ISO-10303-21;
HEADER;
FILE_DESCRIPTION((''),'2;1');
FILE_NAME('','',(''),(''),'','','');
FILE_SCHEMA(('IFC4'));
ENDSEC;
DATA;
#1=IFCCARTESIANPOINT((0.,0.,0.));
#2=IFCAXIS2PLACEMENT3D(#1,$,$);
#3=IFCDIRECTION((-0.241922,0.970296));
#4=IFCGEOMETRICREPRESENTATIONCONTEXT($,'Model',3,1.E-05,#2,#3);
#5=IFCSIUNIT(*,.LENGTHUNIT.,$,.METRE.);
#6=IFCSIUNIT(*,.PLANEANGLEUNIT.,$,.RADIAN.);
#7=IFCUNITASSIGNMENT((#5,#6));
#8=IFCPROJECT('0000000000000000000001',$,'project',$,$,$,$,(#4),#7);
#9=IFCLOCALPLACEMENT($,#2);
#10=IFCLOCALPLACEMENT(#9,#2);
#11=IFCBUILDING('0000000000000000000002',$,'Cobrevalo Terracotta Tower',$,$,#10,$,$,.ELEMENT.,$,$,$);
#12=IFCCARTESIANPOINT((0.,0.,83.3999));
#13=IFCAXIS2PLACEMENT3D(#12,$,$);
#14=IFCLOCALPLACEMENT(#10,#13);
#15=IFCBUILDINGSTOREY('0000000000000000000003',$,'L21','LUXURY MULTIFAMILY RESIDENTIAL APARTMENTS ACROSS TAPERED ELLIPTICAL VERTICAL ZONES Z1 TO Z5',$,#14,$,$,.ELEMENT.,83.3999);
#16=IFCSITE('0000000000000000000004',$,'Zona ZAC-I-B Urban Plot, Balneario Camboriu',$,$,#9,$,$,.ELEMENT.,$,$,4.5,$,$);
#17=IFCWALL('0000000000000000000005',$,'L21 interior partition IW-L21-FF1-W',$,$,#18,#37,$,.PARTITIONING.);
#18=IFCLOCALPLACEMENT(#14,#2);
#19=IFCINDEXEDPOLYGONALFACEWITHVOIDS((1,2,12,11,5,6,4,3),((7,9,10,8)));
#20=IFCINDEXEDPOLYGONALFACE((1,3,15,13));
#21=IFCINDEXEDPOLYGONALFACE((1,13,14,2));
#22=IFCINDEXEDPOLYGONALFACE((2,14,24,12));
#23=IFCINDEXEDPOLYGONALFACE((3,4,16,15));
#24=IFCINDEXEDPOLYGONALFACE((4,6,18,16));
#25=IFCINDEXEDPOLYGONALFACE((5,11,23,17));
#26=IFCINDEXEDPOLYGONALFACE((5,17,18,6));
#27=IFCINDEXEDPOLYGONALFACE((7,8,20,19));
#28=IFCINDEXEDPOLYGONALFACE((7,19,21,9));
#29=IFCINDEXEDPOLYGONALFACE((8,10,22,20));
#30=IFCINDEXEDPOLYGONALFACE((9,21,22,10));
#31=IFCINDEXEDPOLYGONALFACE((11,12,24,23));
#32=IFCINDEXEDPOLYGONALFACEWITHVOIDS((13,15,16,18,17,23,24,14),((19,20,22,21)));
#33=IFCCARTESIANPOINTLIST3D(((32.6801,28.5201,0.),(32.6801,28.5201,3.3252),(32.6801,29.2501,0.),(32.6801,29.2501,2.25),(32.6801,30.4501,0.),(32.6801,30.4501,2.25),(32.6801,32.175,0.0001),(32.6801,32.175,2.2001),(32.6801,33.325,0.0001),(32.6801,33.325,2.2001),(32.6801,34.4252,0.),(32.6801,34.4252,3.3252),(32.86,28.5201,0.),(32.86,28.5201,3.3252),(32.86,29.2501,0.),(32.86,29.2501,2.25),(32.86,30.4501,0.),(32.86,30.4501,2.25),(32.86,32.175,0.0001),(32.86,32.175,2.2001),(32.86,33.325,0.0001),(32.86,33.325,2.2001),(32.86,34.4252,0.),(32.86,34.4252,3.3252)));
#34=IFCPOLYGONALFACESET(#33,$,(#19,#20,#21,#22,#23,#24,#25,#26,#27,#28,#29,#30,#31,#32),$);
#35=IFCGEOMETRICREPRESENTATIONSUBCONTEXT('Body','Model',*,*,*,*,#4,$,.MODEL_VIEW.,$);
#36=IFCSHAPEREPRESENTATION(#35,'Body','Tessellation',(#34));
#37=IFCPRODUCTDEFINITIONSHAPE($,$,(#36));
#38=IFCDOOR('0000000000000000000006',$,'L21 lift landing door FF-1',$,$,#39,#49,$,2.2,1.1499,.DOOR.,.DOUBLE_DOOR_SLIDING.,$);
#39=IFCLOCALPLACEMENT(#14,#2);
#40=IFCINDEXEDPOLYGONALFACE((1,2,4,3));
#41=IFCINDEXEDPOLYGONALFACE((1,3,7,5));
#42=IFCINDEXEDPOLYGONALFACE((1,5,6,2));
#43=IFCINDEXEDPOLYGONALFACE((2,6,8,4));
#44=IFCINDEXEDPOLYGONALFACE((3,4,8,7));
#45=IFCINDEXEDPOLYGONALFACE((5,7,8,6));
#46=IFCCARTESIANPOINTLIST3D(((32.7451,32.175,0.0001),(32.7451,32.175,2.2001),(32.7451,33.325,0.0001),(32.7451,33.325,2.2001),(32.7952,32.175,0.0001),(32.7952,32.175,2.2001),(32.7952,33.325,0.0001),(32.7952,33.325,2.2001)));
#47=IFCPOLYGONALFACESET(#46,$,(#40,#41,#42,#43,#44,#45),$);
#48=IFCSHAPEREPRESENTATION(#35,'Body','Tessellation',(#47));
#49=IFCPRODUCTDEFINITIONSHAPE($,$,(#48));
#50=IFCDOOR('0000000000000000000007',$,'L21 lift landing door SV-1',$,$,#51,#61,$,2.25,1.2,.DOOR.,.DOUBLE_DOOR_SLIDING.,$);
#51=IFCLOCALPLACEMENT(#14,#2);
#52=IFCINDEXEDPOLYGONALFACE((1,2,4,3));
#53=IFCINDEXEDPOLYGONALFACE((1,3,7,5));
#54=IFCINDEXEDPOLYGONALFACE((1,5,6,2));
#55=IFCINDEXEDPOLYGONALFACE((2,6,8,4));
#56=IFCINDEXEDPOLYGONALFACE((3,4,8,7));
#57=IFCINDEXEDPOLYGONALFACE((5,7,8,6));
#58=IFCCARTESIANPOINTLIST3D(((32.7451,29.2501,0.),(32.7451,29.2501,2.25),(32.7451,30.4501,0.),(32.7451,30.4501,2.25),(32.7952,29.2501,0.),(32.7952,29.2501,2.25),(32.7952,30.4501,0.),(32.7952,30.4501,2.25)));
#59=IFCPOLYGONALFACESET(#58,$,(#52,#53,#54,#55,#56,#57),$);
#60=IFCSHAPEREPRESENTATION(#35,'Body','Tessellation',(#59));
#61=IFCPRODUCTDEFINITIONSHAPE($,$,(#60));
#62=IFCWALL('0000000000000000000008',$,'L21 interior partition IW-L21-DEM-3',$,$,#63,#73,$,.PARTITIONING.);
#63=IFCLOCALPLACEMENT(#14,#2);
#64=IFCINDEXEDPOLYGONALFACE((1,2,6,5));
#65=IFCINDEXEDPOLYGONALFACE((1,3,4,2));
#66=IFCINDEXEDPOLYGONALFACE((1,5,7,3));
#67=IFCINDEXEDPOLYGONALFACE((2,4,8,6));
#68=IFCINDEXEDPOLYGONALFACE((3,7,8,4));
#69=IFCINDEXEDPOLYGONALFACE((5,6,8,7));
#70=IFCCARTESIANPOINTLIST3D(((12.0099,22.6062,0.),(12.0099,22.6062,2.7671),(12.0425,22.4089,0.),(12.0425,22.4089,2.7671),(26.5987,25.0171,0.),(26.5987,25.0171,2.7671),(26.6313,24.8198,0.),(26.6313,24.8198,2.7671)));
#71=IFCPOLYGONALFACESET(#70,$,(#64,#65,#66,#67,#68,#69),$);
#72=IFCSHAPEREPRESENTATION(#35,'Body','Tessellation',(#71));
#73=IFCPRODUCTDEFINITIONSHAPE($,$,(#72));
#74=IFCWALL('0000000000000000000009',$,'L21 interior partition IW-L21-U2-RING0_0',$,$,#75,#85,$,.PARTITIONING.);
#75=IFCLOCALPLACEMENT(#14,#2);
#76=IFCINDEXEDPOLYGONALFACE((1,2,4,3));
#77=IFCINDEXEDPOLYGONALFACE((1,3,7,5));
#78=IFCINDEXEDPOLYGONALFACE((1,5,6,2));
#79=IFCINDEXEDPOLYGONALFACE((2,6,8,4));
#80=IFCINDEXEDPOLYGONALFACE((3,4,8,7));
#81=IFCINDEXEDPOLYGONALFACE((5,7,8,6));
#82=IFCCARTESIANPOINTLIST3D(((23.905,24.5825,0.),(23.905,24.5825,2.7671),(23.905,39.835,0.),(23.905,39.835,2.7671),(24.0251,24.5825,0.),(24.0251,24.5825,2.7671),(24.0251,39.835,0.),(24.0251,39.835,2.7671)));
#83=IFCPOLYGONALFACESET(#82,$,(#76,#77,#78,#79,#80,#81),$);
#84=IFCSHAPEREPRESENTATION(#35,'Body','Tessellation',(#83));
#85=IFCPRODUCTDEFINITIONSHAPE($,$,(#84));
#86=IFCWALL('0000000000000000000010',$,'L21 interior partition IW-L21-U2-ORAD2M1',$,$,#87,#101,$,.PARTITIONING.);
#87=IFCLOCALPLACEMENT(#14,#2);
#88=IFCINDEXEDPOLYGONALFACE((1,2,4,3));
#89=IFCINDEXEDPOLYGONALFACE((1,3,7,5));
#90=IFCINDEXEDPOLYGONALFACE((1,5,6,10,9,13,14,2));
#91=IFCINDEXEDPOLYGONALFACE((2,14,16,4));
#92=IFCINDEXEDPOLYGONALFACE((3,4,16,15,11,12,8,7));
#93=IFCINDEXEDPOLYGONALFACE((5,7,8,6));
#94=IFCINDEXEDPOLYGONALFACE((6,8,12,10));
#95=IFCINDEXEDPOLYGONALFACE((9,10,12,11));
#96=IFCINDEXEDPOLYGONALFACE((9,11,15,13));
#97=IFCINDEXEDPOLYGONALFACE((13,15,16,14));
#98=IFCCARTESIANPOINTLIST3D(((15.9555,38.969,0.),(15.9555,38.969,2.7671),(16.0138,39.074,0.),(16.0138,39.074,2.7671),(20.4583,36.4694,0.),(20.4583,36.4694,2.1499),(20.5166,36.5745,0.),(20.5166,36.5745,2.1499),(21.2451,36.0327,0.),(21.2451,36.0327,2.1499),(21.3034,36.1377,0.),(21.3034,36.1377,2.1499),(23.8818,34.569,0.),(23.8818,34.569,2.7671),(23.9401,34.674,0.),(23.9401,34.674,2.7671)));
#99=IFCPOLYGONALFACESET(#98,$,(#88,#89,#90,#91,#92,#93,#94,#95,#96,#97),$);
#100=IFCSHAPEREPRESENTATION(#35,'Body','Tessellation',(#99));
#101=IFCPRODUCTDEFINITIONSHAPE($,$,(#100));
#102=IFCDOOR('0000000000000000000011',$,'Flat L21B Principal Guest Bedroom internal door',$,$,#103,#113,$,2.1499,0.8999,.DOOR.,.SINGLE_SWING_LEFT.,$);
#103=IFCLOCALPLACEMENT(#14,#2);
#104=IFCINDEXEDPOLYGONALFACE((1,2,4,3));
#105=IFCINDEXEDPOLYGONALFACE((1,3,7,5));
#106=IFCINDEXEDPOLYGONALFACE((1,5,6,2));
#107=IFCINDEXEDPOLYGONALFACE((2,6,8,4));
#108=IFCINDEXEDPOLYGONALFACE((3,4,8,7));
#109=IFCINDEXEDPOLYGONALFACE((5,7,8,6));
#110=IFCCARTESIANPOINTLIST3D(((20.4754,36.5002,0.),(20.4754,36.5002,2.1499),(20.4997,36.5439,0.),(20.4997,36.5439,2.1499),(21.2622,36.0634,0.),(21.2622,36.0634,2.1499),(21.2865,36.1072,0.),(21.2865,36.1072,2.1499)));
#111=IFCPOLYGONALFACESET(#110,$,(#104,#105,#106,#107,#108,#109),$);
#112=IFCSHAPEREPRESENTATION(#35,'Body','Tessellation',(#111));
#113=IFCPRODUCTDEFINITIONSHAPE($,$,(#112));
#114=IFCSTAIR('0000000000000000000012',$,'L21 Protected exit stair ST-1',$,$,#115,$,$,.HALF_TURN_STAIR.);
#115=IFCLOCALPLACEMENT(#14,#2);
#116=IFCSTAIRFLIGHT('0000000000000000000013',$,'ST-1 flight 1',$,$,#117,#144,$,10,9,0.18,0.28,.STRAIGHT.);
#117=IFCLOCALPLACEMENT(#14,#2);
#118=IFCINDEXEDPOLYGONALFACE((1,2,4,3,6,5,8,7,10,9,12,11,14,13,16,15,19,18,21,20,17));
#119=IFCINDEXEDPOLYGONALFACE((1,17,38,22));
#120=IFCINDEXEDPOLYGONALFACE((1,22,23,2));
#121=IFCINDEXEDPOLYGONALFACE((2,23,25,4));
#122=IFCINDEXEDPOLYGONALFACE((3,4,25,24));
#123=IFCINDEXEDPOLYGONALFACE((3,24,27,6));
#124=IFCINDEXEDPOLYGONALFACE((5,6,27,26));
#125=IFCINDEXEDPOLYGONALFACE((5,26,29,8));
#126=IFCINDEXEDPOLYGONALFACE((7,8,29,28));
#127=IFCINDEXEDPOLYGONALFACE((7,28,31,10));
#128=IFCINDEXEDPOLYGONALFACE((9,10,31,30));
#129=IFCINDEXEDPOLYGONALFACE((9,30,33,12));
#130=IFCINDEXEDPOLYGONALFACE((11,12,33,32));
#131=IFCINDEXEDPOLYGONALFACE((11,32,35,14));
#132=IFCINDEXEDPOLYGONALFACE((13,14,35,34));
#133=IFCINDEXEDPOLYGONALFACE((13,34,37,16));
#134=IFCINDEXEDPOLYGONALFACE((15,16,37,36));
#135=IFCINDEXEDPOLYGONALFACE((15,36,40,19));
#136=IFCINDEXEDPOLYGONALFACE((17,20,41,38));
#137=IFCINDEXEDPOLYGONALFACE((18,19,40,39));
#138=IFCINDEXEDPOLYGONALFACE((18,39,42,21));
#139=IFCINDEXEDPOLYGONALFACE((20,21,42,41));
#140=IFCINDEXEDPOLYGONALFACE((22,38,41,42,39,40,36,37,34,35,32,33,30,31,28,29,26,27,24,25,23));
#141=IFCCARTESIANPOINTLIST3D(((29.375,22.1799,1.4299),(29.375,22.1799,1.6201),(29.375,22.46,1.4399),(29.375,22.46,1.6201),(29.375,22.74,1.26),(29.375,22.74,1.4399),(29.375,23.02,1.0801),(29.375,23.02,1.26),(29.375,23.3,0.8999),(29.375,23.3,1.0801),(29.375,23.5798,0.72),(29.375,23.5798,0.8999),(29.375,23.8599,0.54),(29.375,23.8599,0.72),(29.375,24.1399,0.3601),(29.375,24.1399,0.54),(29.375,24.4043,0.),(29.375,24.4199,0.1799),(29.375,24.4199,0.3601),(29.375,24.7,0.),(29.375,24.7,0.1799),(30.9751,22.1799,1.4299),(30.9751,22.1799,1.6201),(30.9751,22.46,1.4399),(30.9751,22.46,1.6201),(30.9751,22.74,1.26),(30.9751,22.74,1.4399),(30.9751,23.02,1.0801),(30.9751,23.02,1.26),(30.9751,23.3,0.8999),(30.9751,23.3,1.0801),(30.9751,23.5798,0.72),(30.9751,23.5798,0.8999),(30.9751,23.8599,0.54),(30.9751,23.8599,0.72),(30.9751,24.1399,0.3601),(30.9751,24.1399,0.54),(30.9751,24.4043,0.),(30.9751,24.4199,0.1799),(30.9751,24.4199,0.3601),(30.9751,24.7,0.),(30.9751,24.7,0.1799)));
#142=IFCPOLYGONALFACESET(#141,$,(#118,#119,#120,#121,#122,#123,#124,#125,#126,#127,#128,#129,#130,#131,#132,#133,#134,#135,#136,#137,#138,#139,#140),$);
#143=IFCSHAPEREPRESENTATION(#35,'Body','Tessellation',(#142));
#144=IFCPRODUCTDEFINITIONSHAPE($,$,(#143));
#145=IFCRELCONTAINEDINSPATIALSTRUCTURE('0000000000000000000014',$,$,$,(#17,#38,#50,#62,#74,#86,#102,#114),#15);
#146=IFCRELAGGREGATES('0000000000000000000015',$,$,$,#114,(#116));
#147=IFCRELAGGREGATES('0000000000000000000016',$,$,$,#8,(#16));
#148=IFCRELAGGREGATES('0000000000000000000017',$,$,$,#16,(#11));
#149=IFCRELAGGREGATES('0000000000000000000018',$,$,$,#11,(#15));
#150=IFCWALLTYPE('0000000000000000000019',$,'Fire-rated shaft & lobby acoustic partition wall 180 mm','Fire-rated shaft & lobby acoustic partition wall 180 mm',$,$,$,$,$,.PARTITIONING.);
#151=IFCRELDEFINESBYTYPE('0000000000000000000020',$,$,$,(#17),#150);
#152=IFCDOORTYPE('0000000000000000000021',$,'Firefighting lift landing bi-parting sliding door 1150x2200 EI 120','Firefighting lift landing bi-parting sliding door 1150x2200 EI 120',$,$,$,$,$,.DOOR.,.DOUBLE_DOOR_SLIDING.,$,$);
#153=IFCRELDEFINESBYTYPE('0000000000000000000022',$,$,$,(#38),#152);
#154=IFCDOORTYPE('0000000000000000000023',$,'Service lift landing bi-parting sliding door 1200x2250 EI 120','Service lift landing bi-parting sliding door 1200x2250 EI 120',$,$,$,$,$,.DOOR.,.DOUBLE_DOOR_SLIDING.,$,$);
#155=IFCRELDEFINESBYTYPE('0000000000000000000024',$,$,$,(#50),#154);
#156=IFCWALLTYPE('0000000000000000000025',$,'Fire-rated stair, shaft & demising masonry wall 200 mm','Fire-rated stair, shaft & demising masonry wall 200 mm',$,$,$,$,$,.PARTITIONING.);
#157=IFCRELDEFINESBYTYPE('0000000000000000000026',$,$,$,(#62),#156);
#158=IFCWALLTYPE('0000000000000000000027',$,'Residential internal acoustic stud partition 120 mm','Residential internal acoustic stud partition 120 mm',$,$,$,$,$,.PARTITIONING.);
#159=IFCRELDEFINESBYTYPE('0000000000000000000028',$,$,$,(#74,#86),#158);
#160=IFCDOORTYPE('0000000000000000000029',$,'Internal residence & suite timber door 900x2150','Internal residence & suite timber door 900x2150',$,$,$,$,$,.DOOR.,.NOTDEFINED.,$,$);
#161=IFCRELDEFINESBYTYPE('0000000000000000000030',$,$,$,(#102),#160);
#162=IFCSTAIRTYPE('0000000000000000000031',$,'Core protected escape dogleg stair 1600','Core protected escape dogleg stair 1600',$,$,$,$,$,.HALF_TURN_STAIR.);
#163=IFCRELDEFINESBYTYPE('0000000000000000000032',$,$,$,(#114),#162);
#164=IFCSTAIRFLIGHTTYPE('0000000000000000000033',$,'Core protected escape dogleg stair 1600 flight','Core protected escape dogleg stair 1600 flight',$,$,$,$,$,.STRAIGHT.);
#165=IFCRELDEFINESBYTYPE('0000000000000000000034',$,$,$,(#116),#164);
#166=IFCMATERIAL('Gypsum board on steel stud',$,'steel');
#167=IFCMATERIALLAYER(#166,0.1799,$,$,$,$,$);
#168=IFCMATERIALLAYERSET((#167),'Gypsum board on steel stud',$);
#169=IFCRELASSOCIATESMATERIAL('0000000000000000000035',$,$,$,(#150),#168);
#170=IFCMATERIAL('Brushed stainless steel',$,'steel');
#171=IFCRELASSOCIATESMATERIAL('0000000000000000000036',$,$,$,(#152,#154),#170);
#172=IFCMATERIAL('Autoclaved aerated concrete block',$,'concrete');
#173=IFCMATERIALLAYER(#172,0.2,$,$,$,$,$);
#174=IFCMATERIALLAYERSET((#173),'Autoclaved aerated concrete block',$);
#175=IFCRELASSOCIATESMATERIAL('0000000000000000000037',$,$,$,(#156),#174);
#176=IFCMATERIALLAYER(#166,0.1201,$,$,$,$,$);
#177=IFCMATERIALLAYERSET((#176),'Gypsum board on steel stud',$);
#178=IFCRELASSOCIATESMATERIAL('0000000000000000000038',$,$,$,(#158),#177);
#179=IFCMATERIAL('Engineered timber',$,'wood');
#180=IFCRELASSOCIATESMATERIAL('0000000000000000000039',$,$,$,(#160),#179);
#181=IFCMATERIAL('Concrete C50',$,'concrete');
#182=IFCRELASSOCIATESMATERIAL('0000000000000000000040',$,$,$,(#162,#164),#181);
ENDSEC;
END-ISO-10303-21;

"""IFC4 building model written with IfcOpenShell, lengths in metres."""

from ifc_helpers import new_model, si_unit, direction, frame, frame_2d, origin, place, context, subcontext, project, spatial, polyline, rectangle, outline, extrude, source, transform, mapped, material, layer, layer_set, type_object, element, fill, aggregate, save


model = new_model("IFC4")

# Units and contexts
model_context = context("Model", 3, precision=1e-05, world=origin(), true_north=direction((-0.241922, 0.970296)))
body_context = subcontext(model_context, "Body", "Model", "MODEL_VIEW")
ifc_project = project(units=[si_unit("LENGTHUNIT", "METRE"), si_unit("PLANEANGLEUNIT", "RADIAN")], contexts=[model_context])

# Site, building, storey
site_placement = place(None, origin())
site = spatial("IfcSite", under=ifc_project, at=site_placement, Name="Zona ZAC-I-B Urban Plot, Balneario Camboriu", CompositionType="ELEMENT", RefElevation=4.5)
building_placement = place(site_placement, origin())
building = spatial("IfcBuilding", under=site, at=building_placement, Name="Cobrevalo Terracotta Tower", CompositionType="ELEMENT")
storey_placement = place(building_placement, frame((0.0, 0.0, 83.3999)))
storey = spatial("IfcBuildingStorey", under=building, at=storey_placement, Name="L21", Description="LUXURY MULTIFAMILY RESIDENTIAL APARTMENTS ACROSS TAPERED ELLIPTICAL VERTICAL ZONES Z1 TO Z5", CompositionType="ELEMENT", Elevation=83.3999)

# Shared definitions
ifc_material_1 = material(Name="Gypsum board on steel stud", Category="steel")

# Shared definitions
ifc_layer_1 = layer(ifc_material_1, 0.1799)
ifc_layer_set_1 = layer_set([ifc_layer_1], Name="Gypsum board on steel stud")
wall_type_1 = type_object("IfcWallType", Name="Fire-rated shaft & lobby acoustic partition wall 180 mm", Description="Fire-rated shaft & lobby acoustic partition wall 180 mm", PredefinedType="PARTITIONING", material=ifc_layer_set_1)

# Wall, openings, doors
wall_1_placement = place(storey_placement, frame((32.77, 28.52, 0.0), z_axis=(0.0, 0.0, 1.0), x_axis=(0.0, 1.0, 0.0)))
wall_1 = element("IfcWall", 1, at=wall_1_placement, inside=storey, type_object=wall_type_1, Name="L21 interior partition IW-L21-FF1-W", PredefinedType="PARTITIONING", context=body_context, shape_type="SweptSolid", body=[
    extrude(rectangle(XDim=5.905, YDim=0.1799, at=frame_2d((2.9526, 0.0))), origin(), (0.0, 0.0, 1.0), 3.3252),
])
opening_1_placement = place(wall_1_placement, frame((3.655, 0.0, 0.0)))
opening_1 = element("IfcOpeningElement", 2, at=opening_1_placement, cuts=wall_1, PredefinedType="OPENING", context=body_context, shape_type="SweptSolid", body=[
    extrude(rectangle(XDim=1.1499, YDim=2.2, at=frame_2d((0.575, 1.1001))), frame((0.0, 0.1001, 0.0), z_axis=(0.0, -1.0, 0.0), x_axis=(1.0, 0.0, 0.0)), (0.0, 0.0, 1.0), 0.2),
])
opening_2_placement = place(wall_1_placement, frame((0.73, 0.0, 0.0)))
opening_2 = element("IfcOpeningElement", 3, at=opening_2_placement, cuts=wall_1, PredefinedType="OPENING", context=body_context, shape_type="SweptSolid", body=[
    extrude(rectangle(XDim=1.2, YDim=2.25, at=frame_2d((0.6001, 1.125))), frame((0.0, 0.1001, 0.0), z_axis=(0.0, -1.0, 0.0), x_axis=(1.0, 0.0, 0.0)), (0.0, 0.0, 1.0), 0.2),
])
ifc_material_2 = material(Name="Brushed stainless steel", Category="steel")
door_type_1 = type_object("IfcDoorType", Name="Firefighting lift landing bi-parting sliding door 1150x2200 EI 120", Description="Firefighting lift landing bi-parting sliding door 1150x2200 EI 120", OperationType="DOUBLE_DOOR_SLIDING", PredefinedType="DOOR", material=ifc_material_2)
shared_shape_1 = source(origin(), body_context, "Body", "SweptSolid", [
    extrude(rectangle(XDim=1.1499, YDim=2.2, at=frame_2d((0.575, 1.1001))), frame((0.0, 0.0249, 0.0), z_axis=(0.0, -1.0, 0.0), x_axis=(1.0, 0.0, 0.0)), (0.0, 0.0, 1.0), 0.05),
])
door_1_placement = place(opening_1_placement, origin())
door_1 = element("IfcDoor", 4, at=door_1_placement, inside=storey, type_object=door_type_1, Name="L21 lift landing door FF-1", OperationType="DOUBLE_DOOR_SLIDING", OverallHeight=2.2, OverallWidth=1.1499, PredefinedType="DOOR", context=body_context, shape_type="MappedRepresentation", body=[
    mapped(shared_shape_1, transform((0.0, 0.0, 0.0), scale=1.0)),
])
fill(opening_1, door_1)
door_type_2 = type_object("IfcDoorType", Name="Service lift landing bi-parting sliding door 1200x2250 EI 120", Description="Service lift landing bi-parting sliding door 1200x2250 EI 120", OperationType="DOUBLE_DOOR_SLIDING", PredefinedType="DOOR", material=ifc_material_2)
shared_shape_2 = source(origin(), body_context, "Body", "SweptSolid", [
    extrude(rectangle(XDim=1.2, YDim=2.25, at=frame_2d((0.6001, 1.125))), frame((0.0, 0.0249, 0.0), z_axis=(0.0, -1.0, 0.0), x_axis=(1.0, 0.0, 0.0)), (0.0, 0.0, 1.0), 0.05),
])
door_2_placement = place(opening_2_placement, origin())
door_2 = element("IfcDoor", 5, at=door_2_placement, inside=storey, type_object=door_type_2, Name="L21 lift landing door SV-1", OperationType="DOUBLE_DOOR_SLIDING", OverallHeight=2.25, OverallWidth=1.2, PredefinedType="DOOR", context=body_context, shape_type="MappedRepresentation", body=[
    mapped(shared_shape_2, transform((0.0, 0.0, 0.0), scale=1.0)),
])
fill(opening_2, door_2)

# Walls
ifc_material_3 = material(Name="Autoclaved aerated concrete block", Category="concrete")
ifc_layer_2 = layer(ifc_material_3, 0.2)
ifc_layer_set_2 = layer_set([ifc_layer_2], Name="Autoclaved aerated concrete block")
wall_type_2 = type_object("IfcWallType", Name="Fire-rated stair, shaft & demising masonry wall 200 mm", Description="Fire-rated stair, shaft & demising masonry wall 200 mm", PredefinedType="PARTITIONING", material=ifc_layer_set_2)
wall_2_placement = place(storey_placement, frame((26.615, 24.9185, 0.0), z_axis=(0.0, 0.0, 1.0), x_axis=(-0.986619, -0.163044, 0.0)))
element("IfcWall", 6, at=wall_2_placement, inside=storey, type_object=wall_type_2, Name="L21 interior partition IW-L21-DEM-3", PredefinedType="PARTITIONING", context=body_context, shape_type="SweptSolid", body=[
    extrude(rectangle(XDim=14.7866, YDim=0.2, at=frame_2d((7.3933, 0.0))), origin(), (0.0, 0.0, 1.0), 2.7671),
])
ifc_layer_3 = layer(ifc_material_1, 0.1201)
ifc_layer_set_3 = layer_set([ifc_layer_3], Name="Gypsum board on steel stud")
wall_type_3 = type_object("IfcWallType", Name="Residential internal acoustic stud partition 120 mm", Description="Residential internal acoustic stud partition 120 mm", PredefinedType="PARTITIONING", material=ifc_layer_set_3)
wall_3_placement = place(storey_placement, frame((23.9651, 24.5825, 0.0), z_axis=(0.0, 0.0, 1.0), x_axis=(0.0, 1.0, 0.0)))
element("IfcWall", 7, at=wall_3_placement, inside=storey, type_object=wall_type_3, Name="L21 interior partition IW-L21-U2-RING0_0", PredefinedType="PARTITIONING", context=body_context, shape_type="SweptSolid", body=[
    extrude(rectangle(XDim=15.2524, YDim=0.1201, at=frame_2d((7.6262, 0.0))), origin(), (0.0, 0.0, 1.0), 2.7671),
])

# Wall, opening, door
wall_4_placement = place(storey_placement, frame((23.9109, 34.6216, 0.0), z_axis=(0.0, 0.0, 1.0), x_axis=(-0.874325, 0.485341, 0.0)))
wall_4 = element("IfcWall", 8, at=wall_4_placement, inside=storey, type_object=wall_type_3, Name="L21 interior partition IW-L21-U2-ORAD2M1", PredefinedType="PARTITIONING", context=body_context, shape_type="SweptSolid", body=[
    extrude(rectangle(XDim=9.0657, YDim=0.1201, at=frame_2d((4.5327, 0.0))), origin(), (0.0, 0.0, 1.0), 2.7671),
])
opening_3_placement = place(wall_4_placement, frame((3.0156, 0.0, 0.0)))
opening_3 = element("IfcOpeningElement", 9, at=opening_3_placement, cuts=wall_4, PredefinedType="OPENING", context=body_context, shape_type="SweptSolid", body=[
    extrude(rectangle(XDim=0.8999, YDim=2.1499, at=frame_2d((0.45, 1.075))), frame((0.0, 0.0701, 0.0), z_axis=(0.0, -1.0, 0.0), x_axis=(1.0, 0.0, 0.0)), (0.0, 0.0, 1.0), 0.1401),
])
ifc_material_4 = material(Name="Engineered timber", Category="wood")
door_type_3 = type_object("IfcDoorType", Name="Internal residence & suite timber door 900x2150", Description="Internal residence & suite timber door 900x2150", OperationType="NOTDEFINED", PredefinedType="DOOR", material=ifc_material_4)
shared_shape_3 = source(origin(), body_context, "Body", "SweptSolid", [
    extrude(rectangle(XDim=0.8999, YDim=2.1499, at=frame_2d((0.45, 1.075))), frame((0.0, 0.0249, 0.0), z_axis=(0.0, -1.0, 0.0), x_axis=(1.0, 0.0, 0.0)), (0.0, 0.0, 1.0), 0.05),
])
door_3_placement = place(opening_3_placement, origin())
door_3 = element("IfcDoor", 10, at=door_3_placement, inside=storey, type_object=door_type_3, Name="Flat L21B Principal Guest Bedroom internal door", OperationType="SINGLE_SWING_LEFT", OverallHeight=2.1499, OverallWidth=0.8999, PredefinedType="DOOR", context=body_context, shape_type="MappedRepresentation", body=[
    mapped(shared_shape_3, transform((0.0, 0.0, 0.0), scale=1.0)),
])
fill(opening_3, door_3)
ifc_material_5 = material(Name="Concrete C50", Category="concrete")

# Stair, stair flight
stair_type = type_object("IfcStairType", Name="Core protected escape dogleg stair 1600", Description="Core protected escape dogleg stair 1600", PredefinedType="HALF_TURN_STAIR", material=ifc_material_5)
stair_placement = place(storey_placement, origin())
stair = element("IfcStair", 11, at=stair_placement, inside=storey, type_object=stair_type, Name="L21 Protected exit stair ST-1", PredefinedType="HALF_TURN_STAIR")
stair_flight_type = type_object("IfcStairFlightType", Name="Core protected escape dogleg stair 1600 flight", Description="Core protected escape dogleg stair 1600 flight", PredefinedType="STRAIGHT", material=ifc_material_5)
stair_flight_placement = place(storey_placement, frame((30.175, 24.7, 0.0), z_axis=(0.0, 0.0, 1.0), x_axis=(0.0, -1.0, 0.0)))
stair_flight = element("IfcStairFlight", 12, at=stair_flight_placement, type_object=stair_flight_type, Name="ST-1 flight 1", NumberOfRisers=10, NumberOfTreads=9, PredefinedType="STRAIGHT", RiserHeight=0.18, TreadLength=0.28, context=body_context, shape_type="SweptSolid", body=[
    extrude(outline(polyline([(0.0, 0.0), (0.0, 0.1799), (0.28, 0.1799), (0.28, 0.3601), (0.5601, 0.3601), (0.5601, 0.54), (0.8401, 0.54), (0.8401, 0.72), (1.1201, 0.72), (1.1201, 0.8999), (1.3999, 0.8999), (1.3999, 1.0801), (1.6799, 1.0801), (1.6799, 1.26), (1.96, 1.26), (1.96, 1.4399), (2.24, 1.4399), (2.24, 1.6201), (2.52, 1.6201), (2.52, 1.8), (2.52, 1.4299), (0.2957, 0.0), (0.0, 0.0)])), frame((0.0, 0.8, 0.0), z_axis=(0.0, -1.0, 0.0), x_axis=(1.0, 0.0, 0.0)), (0.0, 0.0, 1.0), 1.6001),
])
aggregate(stair, [stair_flight])

save(model, "model.ifc")
